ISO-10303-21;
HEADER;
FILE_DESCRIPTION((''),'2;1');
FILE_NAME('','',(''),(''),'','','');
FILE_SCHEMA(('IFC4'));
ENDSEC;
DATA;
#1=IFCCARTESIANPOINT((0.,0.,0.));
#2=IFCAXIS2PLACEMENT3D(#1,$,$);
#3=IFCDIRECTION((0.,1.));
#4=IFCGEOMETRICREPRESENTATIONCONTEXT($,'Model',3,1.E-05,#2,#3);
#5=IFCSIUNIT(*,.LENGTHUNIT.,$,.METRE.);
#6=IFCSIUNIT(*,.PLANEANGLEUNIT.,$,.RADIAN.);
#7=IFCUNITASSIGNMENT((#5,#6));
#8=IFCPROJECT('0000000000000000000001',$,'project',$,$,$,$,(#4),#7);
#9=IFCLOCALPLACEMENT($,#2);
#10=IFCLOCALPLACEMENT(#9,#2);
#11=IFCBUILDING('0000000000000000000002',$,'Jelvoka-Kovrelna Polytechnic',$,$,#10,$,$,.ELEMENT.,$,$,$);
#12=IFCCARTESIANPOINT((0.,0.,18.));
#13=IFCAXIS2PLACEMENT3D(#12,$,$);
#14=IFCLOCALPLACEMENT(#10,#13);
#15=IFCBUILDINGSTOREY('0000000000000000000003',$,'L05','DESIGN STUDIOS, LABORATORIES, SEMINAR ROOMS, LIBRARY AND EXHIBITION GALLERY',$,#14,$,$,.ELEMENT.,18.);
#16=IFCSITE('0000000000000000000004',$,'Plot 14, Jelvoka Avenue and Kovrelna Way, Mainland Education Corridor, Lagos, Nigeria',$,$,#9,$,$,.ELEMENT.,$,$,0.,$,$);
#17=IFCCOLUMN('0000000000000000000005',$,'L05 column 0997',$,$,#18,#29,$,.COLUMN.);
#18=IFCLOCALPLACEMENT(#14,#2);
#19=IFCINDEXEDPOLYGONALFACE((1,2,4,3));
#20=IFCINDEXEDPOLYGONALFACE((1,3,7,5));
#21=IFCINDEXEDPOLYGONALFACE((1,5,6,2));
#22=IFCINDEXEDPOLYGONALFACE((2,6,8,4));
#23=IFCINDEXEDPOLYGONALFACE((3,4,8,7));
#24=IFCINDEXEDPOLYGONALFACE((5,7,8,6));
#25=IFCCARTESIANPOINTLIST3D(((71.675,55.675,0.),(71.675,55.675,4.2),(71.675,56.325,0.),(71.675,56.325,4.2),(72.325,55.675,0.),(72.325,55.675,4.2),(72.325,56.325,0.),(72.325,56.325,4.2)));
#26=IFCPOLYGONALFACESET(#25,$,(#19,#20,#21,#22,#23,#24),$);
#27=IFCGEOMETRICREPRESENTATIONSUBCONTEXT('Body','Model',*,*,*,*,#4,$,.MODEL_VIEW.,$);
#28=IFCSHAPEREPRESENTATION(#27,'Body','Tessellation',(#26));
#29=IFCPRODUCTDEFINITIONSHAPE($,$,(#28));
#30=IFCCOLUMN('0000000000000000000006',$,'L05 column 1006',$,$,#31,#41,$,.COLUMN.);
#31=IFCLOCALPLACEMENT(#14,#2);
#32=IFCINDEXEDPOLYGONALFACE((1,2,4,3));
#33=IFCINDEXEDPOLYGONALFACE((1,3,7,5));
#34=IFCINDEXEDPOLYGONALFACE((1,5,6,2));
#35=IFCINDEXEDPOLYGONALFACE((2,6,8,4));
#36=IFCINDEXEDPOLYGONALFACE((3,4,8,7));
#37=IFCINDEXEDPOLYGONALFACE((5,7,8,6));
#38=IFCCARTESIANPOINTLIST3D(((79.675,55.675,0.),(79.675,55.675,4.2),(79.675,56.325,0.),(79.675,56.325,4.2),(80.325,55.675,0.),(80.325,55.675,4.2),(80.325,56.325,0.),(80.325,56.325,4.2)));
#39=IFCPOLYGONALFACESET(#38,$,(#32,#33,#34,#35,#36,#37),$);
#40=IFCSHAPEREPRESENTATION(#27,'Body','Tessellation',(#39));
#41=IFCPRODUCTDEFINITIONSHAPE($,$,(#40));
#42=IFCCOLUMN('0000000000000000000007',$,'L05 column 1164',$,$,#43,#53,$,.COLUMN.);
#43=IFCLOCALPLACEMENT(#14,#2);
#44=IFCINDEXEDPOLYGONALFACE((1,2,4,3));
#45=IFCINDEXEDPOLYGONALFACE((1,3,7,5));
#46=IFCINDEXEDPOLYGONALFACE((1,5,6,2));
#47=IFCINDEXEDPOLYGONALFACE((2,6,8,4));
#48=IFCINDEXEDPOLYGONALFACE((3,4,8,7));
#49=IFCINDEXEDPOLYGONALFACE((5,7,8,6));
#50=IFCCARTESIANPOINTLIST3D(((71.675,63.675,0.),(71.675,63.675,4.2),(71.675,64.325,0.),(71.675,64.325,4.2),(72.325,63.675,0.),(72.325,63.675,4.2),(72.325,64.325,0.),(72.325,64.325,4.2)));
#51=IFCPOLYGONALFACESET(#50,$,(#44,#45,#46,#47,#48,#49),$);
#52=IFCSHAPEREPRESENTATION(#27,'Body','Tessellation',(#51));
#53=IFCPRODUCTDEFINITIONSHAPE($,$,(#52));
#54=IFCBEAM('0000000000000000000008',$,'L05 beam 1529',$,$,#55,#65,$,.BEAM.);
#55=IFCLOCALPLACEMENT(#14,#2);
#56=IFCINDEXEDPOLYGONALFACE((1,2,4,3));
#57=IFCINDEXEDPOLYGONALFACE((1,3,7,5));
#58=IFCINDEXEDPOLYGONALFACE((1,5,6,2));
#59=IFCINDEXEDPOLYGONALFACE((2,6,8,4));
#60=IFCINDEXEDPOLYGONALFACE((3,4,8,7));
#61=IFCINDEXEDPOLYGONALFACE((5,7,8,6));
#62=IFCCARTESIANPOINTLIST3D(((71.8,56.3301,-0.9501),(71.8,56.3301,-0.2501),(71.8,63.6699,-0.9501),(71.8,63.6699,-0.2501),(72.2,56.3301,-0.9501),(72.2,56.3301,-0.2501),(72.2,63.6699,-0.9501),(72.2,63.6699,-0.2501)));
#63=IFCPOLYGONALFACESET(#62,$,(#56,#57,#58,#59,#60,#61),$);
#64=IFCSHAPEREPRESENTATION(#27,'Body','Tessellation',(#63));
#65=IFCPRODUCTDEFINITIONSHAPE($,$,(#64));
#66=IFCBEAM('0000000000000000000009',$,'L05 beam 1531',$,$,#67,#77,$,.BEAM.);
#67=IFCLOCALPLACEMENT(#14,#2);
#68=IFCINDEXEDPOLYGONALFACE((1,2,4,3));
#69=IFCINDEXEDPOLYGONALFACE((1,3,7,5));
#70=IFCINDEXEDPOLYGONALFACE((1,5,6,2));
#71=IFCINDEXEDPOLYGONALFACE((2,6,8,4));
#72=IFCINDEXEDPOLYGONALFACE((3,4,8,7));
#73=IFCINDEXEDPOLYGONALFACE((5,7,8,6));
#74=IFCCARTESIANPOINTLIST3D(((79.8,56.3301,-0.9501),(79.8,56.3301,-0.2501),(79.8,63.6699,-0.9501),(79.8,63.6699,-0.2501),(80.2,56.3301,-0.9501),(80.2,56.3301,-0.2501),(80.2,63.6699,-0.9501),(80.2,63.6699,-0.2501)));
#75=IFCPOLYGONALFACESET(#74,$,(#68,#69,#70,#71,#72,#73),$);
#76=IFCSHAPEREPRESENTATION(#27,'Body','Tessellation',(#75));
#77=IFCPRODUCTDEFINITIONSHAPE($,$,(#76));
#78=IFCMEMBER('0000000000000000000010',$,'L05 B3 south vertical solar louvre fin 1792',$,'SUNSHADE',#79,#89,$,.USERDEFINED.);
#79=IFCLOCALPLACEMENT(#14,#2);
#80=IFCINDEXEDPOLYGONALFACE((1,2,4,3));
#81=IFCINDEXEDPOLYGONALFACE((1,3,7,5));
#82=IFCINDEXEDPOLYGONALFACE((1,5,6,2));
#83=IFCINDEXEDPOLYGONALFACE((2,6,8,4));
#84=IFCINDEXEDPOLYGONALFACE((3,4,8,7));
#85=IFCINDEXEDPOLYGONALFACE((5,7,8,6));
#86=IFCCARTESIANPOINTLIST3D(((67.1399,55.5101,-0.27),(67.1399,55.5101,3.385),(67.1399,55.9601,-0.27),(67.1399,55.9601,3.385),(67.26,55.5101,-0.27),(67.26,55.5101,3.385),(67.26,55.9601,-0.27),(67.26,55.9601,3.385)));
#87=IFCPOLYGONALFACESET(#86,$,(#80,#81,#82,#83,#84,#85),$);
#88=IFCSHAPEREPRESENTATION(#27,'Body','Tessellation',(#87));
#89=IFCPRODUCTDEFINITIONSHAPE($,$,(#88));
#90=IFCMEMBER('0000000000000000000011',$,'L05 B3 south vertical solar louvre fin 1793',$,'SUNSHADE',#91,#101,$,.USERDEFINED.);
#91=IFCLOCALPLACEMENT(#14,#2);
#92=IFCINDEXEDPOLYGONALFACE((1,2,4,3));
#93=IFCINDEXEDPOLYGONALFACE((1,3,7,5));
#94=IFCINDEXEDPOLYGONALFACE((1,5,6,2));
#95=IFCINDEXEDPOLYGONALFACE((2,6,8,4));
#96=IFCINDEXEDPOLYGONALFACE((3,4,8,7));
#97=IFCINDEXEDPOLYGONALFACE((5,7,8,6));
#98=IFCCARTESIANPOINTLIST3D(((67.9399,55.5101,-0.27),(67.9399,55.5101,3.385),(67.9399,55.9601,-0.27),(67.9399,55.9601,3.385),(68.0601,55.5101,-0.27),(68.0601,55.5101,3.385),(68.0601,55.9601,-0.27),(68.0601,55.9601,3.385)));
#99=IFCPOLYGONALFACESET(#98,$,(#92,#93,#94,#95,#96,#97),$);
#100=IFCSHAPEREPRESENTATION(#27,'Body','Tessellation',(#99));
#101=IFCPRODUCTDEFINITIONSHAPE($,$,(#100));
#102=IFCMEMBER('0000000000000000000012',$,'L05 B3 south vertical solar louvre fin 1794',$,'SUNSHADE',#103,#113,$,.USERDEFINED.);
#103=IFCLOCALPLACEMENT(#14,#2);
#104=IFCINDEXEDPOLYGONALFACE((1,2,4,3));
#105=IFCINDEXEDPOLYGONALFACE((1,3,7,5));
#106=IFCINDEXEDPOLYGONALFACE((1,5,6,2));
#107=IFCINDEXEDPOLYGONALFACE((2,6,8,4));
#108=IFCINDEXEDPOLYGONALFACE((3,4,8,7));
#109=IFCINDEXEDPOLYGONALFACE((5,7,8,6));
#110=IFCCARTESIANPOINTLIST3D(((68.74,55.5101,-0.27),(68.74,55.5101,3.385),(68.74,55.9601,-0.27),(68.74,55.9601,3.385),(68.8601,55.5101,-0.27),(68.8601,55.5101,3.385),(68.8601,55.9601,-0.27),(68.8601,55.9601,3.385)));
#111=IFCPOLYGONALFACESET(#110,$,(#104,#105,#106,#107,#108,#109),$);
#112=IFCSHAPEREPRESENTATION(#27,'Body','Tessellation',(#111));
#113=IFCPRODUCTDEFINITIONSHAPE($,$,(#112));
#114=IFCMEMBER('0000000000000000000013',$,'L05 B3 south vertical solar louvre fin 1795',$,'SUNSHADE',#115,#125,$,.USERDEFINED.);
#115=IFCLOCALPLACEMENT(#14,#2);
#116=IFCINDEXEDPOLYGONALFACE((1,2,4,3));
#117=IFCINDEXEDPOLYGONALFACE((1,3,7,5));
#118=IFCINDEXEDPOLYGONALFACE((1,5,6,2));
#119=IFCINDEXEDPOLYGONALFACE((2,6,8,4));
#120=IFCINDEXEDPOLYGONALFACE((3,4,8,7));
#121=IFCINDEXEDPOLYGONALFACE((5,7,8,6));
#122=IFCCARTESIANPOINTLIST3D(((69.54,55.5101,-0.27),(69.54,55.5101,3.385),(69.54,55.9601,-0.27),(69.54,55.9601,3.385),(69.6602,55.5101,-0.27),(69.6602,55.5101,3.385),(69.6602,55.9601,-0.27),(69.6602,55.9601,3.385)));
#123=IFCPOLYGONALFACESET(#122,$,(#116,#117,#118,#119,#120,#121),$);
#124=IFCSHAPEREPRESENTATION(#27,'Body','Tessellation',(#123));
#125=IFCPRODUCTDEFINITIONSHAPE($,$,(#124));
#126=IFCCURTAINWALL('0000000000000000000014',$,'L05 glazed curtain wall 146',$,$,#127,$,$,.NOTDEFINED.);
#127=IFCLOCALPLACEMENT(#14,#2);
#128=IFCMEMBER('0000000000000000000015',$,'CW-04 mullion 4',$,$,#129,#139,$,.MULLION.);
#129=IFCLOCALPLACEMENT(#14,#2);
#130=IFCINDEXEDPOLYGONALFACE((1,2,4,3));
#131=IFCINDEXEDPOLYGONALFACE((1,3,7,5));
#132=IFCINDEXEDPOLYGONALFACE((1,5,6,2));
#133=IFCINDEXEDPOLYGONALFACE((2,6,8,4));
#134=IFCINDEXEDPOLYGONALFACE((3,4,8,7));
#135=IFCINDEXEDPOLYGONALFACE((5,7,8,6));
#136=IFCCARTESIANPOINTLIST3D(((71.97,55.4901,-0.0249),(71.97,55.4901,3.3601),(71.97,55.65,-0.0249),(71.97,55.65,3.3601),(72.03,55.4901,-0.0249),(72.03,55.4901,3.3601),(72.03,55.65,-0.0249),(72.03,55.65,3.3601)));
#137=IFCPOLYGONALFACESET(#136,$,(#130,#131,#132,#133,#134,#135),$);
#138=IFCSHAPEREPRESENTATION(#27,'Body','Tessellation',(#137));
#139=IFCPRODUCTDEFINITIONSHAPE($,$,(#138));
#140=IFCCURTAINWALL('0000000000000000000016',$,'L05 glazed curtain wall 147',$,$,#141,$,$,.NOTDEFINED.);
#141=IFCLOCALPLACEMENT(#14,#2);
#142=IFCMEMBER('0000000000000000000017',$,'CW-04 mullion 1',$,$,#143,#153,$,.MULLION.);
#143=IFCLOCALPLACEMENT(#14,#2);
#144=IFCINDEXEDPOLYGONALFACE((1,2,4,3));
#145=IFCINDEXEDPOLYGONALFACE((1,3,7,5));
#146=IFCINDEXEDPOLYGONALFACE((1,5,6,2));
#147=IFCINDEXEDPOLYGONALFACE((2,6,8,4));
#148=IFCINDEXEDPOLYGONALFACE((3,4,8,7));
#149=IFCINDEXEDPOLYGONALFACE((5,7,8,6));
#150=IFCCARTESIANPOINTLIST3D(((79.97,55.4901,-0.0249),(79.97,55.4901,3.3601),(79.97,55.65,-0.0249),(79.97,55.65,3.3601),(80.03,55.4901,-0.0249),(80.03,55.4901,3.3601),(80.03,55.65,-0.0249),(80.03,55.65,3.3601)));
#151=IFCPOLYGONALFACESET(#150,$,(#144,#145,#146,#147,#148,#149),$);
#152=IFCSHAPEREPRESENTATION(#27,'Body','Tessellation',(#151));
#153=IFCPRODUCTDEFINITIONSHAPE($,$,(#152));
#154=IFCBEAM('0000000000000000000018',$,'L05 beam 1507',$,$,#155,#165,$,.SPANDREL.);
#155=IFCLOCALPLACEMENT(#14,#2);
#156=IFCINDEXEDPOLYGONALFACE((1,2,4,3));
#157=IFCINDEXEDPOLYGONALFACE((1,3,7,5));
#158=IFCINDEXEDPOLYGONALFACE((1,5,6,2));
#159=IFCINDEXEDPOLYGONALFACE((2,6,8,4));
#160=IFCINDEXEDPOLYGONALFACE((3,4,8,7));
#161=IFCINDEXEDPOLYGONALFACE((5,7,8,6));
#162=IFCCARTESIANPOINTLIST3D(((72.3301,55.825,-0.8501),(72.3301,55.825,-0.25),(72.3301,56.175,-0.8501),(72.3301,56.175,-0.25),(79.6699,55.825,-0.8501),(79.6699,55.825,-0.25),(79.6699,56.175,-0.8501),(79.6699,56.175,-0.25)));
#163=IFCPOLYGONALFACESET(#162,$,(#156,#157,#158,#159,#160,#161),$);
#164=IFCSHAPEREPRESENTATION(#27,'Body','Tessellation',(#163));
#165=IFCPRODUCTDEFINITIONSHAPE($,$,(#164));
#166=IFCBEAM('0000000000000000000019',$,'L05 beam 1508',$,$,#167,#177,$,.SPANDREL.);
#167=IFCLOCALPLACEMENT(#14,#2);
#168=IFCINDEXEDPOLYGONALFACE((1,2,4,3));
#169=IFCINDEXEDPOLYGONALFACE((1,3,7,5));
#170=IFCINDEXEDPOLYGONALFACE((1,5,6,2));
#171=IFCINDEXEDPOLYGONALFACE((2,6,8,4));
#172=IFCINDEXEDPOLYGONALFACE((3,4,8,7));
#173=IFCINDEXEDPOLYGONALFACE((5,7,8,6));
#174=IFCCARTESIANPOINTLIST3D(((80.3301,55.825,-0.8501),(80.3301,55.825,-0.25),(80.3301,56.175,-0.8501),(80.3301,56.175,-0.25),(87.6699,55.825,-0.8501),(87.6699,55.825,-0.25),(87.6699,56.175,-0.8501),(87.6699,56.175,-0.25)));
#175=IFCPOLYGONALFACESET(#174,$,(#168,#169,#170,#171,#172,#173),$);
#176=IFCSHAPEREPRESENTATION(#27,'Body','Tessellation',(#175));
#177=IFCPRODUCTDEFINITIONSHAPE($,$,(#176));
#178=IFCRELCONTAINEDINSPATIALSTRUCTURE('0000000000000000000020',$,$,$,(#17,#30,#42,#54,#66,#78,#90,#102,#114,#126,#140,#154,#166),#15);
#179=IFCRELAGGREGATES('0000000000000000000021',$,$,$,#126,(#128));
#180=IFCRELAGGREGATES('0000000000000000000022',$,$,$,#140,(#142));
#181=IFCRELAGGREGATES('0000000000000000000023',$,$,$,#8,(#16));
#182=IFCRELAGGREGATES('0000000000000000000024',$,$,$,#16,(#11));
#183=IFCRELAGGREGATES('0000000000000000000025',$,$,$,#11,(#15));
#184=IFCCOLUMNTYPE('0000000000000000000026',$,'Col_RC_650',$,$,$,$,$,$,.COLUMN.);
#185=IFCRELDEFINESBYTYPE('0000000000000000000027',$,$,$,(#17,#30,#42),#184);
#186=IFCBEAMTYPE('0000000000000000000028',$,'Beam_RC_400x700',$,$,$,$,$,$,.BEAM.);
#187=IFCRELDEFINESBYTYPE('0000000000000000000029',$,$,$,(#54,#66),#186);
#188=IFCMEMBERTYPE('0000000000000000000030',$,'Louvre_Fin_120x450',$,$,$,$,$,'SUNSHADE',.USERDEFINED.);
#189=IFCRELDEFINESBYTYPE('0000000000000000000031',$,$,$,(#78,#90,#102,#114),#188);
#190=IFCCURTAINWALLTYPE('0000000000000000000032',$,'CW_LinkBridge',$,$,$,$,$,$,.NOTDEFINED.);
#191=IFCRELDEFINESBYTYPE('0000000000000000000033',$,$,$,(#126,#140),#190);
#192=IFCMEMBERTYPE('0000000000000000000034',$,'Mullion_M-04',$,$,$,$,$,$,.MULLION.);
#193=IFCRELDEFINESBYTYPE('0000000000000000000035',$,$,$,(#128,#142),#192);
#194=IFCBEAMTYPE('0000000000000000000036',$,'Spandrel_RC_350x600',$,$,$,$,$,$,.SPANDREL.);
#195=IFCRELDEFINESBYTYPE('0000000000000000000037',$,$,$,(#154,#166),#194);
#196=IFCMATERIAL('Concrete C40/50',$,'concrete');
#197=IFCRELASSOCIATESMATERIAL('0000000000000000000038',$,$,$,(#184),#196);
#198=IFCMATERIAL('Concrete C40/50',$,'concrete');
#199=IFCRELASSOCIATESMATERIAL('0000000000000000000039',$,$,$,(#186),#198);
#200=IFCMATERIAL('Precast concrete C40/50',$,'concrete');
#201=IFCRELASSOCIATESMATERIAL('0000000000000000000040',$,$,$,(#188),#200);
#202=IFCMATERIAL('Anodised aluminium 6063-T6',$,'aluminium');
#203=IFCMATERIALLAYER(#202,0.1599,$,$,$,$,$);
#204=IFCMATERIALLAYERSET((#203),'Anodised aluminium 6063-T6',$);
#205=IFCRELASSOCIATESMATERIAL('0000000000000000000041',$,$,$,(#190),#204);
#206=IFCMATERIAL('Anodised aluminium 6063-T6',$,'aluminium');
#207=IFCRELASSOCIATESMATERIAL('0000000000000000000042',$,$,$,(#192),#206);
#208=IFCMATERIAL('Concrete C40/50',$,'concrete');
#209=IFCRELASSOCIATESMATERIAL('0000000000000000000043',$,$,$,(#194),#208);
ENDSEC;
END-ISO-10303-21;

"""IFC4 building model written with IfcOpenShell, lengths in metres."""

from ifc_helpers import new_model, si_unit, direction, frame, origin, origin_2d, place, context, subcontext, project, spatial, rectangle, extrude, material, layer, layer_set, material_profile, profile_set, type_object, element, aggregate, save


model = new_model("IFC4")

# Units and contexts
model_context = context("Model", 3, precision=1e-05, world=origin(), true_north=direction((0.0, 1.0)))
body_context = subcontext(model_context, "Body", "Model", "MODEL_VIEW")
ifc_project = project(units=[si_unit("LENGTHUNIT", "METRE"), si_unit("PLANEANGLEUNIT", "RADIAN")], contexts=[model_context])

# Site, building, storey
site_placement = place(None, origin())
site = spatial("IfcSite", under=ifc_project, at=site_placement, Name="Plot 14, Jelvoka Avenue and Kovrelna Way, Mainland Education Corridor, Lagos, Nigeria", CompositionType="ELEMENT", RefElevation=0.0)
building_placement = place(site_placement, origin())
building = spatial("IfcBuilding", under=site, at=building_placement, Name="Jelvoka-Kovrelna Polytechnic", CompositionType="ELEMENT")
storey_placement = place(building_placement, frame((0.0, 0.0, 18.0)))
storey = spatial("IfcBuildingStorey", under=building, at=storey_placement, Name="L05", Description="DESIGN STUDIOS, LABORATORIES, SEMINAR ROOMS, LIBRARY AND EXHIBITION GALLERY", CompositionType="ELEMENT", Elevation=18.0)

# Columns
ifc_material_1 = material(Name="Concrete C40/50", Category="concrete")
ifc_material_profile_1 = material_profile(ifc_material_1, rectangle(XDim=0.6499, YDim=0.6499, at=origin_2d()), Name="RC 650x650")
ifc_profile_set_1 = profile_set([ifc_material_profile_1], Name="Concrete C40/50")
column_type = type_object("IfcColumnType", Name="Col_RC_650", PredefinedType="COLUMN", material=ifc_profile_set_1)
for number, where, z_axis, x_axis, name in (
    (1, (72.0, 56.0, 0.0), (0.0, 0.0, 1.0), (1.0, 0.0, 0.0), "L05 column 0997"),
    (2, (80.0, 56.0, 0.0), (0.0, 0.0, 1.0), (1.0, 0.0, 0.0), "L05 column 1006"),
    (3, (72.0, 64.0, 0.0), (0.0, 0.0, 1.0), (1.0, 0.0, 0.0), "L05 column 1164"),
):
    element("IfcColumn", number, at=place(storey_placement, frame(where, z_axis=z_axis, x_axis=x_axis)), inside=storey, type_object=column_type, Name=name, PredefinedType="COLUMN", context=body_context, shape_type="SweptSolid", body=[
        extrude(rectangle(XDim=0.6499, YDim=0.6499, at=origin_2d()), origin(), (0.0, 0.0, 1.0), 4.2),
    ])

# Beams
ifc_material_2 = material(Name="Concrete C40/50", Category="concrete")
ifc_material_profile_2 = material_profile(ifc_material_2, rectangle(XDim=0.3999, YDim=0.7, at=origin_2d()), Name="RC 400x700")
ifc_profile_set_2 = profile_set([ifc_material_profile_2], Name="Concrete C40/50")
beam_type_1 = type_object("IfcBeamType", Name="Beam_RC_400x700", PredefinedType="BEAM", material=ifc_profile_set_2)
for number, where, z_axis, x_axis, name in (
    (4, (72.0, 56.3301, -0.6001), (0.0, 1.0, 0.0), (-1.0, 0.0, 0.0), "L05 beam 1529"),
    (5, (80.0, 56.3301, -0.6001), (0.0, 1.0, 0.0), (-1.0, 0.0, 0.0), "L05 beam 1531"),
):
    element("IfcBeam", number, at=place(storey_placement, frame(where, z_axis=z_axis, x_axis=x_axis)), inside=storey, type_object=beam_type_1, Name=name, PredefinedType="BEAM", context=body_context, shape_type="SweptSolid", body=[
        extrude(rectangle(XDim=0.3999, YDim=0.7, at=origin_2d()), origin(), (0.0, 0.0, 1.0), 7.3398),
    ])

# Members
ifc_material_3 = material(Name="Precast concrete C40/50", Category="concrete")
ifc_material_profile_3 = material_profile(ifc_material_3, rectangle(XDim=0.1201, YDim=0.45, at=origin_2d()), Name="PC 120x450")
ifc_profile_set_3 = profile_set([ifc_material_profile_3], Name="Precast concrete C40/50")
member_type_1 = type_object("IfcMemberType", Name="Louvre_Fin_120x450", ElementType="SUNSHADE", PredefinedType="USERDEFINED", material=ifc_profile_set_3)
for number, where, z_axis, x_axis, name in (
    (6, (67.2, 55.7351, -0.27), (0.0, 0.0, 1.0), (1.0, 0.0, 0.0), "L05 B3 south vertical solar louvre fin 1792"),
    (7, (68.0, 55.7351, -0.27), (0.0, 0.0, 1.0), (1.0, 0.0, 0.0), "L05 B3 south vertical solar louvre fin 1793"),
    (8, (68.8, 55.7351, -0.27), (0.0, 0.0, 1.0), (1.0, 0.0, 0.0), "L05 B3 south vertical solar louvre fin 1794"),
    (9, (69.6001, 55.7351, -0.27), (0.0, 0.0, 1.0), (1.0, 0.0, 0.0), "L05 B3 south vertical solar louvre fin 1795"),
):
    element("IfcMember", number, at=place(storey_placement, frame(where, z_axis=z_axis, x_axis=x_axis)), inside=storey, type_object=member_type_1, Name=name, ObjectType="SUNSHADE", PredefinedType="USERDEFINED", context=body_context, shape_type="SweptSolid", body=[
        extrude(rectangle(XDim=0.1201, YDim=0.45, at=origin_2d()), origin(), (0.0, 0.0, 1.0), 3.655),
    ])

# Curtain walls, members
ifc_material_4 = material(Name="Anodised aluminium 6063-T6", Category="aluminium")
ifc_layer_1 = layer(ifc_material_4, 0.1599)
ifc_layer_set_1 = layer_set([ifc_layer_1], Name="Anodised aluminium 6063-T6")
curtain_wall_type = type_object("IfcCurtainWallType", Name="CW_LinkBridge", PredefinedType="NOTDEFINED", material=ifc_layer_set_1)
curtain_wall_1_placement = place(storey_placement, origin())
curtain_wall_1 = element("IfcCurtainWall", 10, at=curtain_wall_1_placement, inside=storey, type_object=curtain_wall_type, Name="L05 glazed curtain wall 146", PredefinedType="NOTDEFINED")
ifc_material_5 = material(Name="Anodised aluminium 6063-T6", Category="aluminium")
ifc_material_profile_4 = material_profile(ifc_material_5, rectangle(XDim=0.0601, YDim=0.1599, at=origin_2d()), Name="ALU 60x160")
ifc_profile_set_4 = profile_set([ifc_material_profile_4], Name="Anodised aluminium 6063-T6")
member_type_2 = type_object("IfcMemberType", Name="Mullion_M-04", PredefinedType="MULLION", material=ifc_profile_set_4)
member_1_placement = place(storey_placement, frame((72.0, 55.5701, -0.0249), z_axis=(0.0, 0.0, 1.0), x_axis=(-1.0, 0.0, 0.0)))
member_1 = element("IfcMember", 11, at=member_1_placement, type_object=member_type_2, Name="CW-04 mullion 4", PredefinedType="MULLION", context=body_context, shape_type="SweptSolid", body=[
    extrude(rectangle(XDim=0.0601, YDim=0.1599, at=origin_2d()), origin(), (0.0, 0.0, 1.0), 3.385),
])
aggregate(curtain_wall_1, [member_1])
curtain_wall_2_placement = place(storey_placement, origin())
curtain_wall_2 = element("IfcCurtainWall", 12, at=curtain_wall_2_placement, inside=storey, type_object=curtain_wall_type, Name="L05 glazed curtain wall 147", PredefinedType="NOTDEFINED")
member_2_placement = place(storey_placement, frame((80.0, 55.5701, -0.0249), z_axis=(0.0, 0.0, 1.0), x_axis=(1.0, 0.0, 0.0)))
member_2 = element("IfcMember", 13, at=member_2_placement, type_object=member_type_2, Name="CW-04 mullion 1", PredefinedType="MULLION", context=body_context, shape_type="SweptSolid", body=[
    extrude(rectangle(XDim=0.0601, YDim=0.1599, at=origin_2d()), origin(), (0.0, 0.0, 1.0), 3.385),
])
aggregate(curtain_wall_2, [member_2])

# Beams
ifc_material_6 = material(Name="Concrete C40/50", Category="concrete")
ifc_material_profile_5 = material_profile(ifc_material_6, rectangle(XDim=0.3501, YDim=0.6001, at=origin_2d()), Name="RC 350x600")
ifc_profile_set_5 = profile_set([ifc_material_profile_5], Name="Concrete C40/50")
beam_type_2 = type_object("IfcBeamType", Name="Spandrel_RC_350x600", PredefinedType="SPANDREL", material=ifc_profile_set_5)
for number, where, z_axis, x_axis, name in (
    (14, (72.3301, 56.0, -0.55), (1.0, 0.0, 0.0), (0.0, 1.0, 0.0), "L05 beam 1507"),
    (15, (80.3301, 56.0, -0.55), (1.0, 0.0, 0.0), (0.0, 1.0, 0.0), "L05 beam 1508"),
):
    element("IfcBeam", number, at=place(storey_placement, frame(where, z_axis=z_axis, x_axis=x_axis)), inside=storey, type_object=beam_type_2, Name=name, PredefinedType="SPANDREL", context=body_context, shape_type="SweptSolid", body=[
        extrude(rectangle(XDim=0.3501, YDim=0.6001, at=origin_2d()), origin(), (0.0, 0.0, 1.0), 7.3398),
    ])

save(model, "model.ifc")
